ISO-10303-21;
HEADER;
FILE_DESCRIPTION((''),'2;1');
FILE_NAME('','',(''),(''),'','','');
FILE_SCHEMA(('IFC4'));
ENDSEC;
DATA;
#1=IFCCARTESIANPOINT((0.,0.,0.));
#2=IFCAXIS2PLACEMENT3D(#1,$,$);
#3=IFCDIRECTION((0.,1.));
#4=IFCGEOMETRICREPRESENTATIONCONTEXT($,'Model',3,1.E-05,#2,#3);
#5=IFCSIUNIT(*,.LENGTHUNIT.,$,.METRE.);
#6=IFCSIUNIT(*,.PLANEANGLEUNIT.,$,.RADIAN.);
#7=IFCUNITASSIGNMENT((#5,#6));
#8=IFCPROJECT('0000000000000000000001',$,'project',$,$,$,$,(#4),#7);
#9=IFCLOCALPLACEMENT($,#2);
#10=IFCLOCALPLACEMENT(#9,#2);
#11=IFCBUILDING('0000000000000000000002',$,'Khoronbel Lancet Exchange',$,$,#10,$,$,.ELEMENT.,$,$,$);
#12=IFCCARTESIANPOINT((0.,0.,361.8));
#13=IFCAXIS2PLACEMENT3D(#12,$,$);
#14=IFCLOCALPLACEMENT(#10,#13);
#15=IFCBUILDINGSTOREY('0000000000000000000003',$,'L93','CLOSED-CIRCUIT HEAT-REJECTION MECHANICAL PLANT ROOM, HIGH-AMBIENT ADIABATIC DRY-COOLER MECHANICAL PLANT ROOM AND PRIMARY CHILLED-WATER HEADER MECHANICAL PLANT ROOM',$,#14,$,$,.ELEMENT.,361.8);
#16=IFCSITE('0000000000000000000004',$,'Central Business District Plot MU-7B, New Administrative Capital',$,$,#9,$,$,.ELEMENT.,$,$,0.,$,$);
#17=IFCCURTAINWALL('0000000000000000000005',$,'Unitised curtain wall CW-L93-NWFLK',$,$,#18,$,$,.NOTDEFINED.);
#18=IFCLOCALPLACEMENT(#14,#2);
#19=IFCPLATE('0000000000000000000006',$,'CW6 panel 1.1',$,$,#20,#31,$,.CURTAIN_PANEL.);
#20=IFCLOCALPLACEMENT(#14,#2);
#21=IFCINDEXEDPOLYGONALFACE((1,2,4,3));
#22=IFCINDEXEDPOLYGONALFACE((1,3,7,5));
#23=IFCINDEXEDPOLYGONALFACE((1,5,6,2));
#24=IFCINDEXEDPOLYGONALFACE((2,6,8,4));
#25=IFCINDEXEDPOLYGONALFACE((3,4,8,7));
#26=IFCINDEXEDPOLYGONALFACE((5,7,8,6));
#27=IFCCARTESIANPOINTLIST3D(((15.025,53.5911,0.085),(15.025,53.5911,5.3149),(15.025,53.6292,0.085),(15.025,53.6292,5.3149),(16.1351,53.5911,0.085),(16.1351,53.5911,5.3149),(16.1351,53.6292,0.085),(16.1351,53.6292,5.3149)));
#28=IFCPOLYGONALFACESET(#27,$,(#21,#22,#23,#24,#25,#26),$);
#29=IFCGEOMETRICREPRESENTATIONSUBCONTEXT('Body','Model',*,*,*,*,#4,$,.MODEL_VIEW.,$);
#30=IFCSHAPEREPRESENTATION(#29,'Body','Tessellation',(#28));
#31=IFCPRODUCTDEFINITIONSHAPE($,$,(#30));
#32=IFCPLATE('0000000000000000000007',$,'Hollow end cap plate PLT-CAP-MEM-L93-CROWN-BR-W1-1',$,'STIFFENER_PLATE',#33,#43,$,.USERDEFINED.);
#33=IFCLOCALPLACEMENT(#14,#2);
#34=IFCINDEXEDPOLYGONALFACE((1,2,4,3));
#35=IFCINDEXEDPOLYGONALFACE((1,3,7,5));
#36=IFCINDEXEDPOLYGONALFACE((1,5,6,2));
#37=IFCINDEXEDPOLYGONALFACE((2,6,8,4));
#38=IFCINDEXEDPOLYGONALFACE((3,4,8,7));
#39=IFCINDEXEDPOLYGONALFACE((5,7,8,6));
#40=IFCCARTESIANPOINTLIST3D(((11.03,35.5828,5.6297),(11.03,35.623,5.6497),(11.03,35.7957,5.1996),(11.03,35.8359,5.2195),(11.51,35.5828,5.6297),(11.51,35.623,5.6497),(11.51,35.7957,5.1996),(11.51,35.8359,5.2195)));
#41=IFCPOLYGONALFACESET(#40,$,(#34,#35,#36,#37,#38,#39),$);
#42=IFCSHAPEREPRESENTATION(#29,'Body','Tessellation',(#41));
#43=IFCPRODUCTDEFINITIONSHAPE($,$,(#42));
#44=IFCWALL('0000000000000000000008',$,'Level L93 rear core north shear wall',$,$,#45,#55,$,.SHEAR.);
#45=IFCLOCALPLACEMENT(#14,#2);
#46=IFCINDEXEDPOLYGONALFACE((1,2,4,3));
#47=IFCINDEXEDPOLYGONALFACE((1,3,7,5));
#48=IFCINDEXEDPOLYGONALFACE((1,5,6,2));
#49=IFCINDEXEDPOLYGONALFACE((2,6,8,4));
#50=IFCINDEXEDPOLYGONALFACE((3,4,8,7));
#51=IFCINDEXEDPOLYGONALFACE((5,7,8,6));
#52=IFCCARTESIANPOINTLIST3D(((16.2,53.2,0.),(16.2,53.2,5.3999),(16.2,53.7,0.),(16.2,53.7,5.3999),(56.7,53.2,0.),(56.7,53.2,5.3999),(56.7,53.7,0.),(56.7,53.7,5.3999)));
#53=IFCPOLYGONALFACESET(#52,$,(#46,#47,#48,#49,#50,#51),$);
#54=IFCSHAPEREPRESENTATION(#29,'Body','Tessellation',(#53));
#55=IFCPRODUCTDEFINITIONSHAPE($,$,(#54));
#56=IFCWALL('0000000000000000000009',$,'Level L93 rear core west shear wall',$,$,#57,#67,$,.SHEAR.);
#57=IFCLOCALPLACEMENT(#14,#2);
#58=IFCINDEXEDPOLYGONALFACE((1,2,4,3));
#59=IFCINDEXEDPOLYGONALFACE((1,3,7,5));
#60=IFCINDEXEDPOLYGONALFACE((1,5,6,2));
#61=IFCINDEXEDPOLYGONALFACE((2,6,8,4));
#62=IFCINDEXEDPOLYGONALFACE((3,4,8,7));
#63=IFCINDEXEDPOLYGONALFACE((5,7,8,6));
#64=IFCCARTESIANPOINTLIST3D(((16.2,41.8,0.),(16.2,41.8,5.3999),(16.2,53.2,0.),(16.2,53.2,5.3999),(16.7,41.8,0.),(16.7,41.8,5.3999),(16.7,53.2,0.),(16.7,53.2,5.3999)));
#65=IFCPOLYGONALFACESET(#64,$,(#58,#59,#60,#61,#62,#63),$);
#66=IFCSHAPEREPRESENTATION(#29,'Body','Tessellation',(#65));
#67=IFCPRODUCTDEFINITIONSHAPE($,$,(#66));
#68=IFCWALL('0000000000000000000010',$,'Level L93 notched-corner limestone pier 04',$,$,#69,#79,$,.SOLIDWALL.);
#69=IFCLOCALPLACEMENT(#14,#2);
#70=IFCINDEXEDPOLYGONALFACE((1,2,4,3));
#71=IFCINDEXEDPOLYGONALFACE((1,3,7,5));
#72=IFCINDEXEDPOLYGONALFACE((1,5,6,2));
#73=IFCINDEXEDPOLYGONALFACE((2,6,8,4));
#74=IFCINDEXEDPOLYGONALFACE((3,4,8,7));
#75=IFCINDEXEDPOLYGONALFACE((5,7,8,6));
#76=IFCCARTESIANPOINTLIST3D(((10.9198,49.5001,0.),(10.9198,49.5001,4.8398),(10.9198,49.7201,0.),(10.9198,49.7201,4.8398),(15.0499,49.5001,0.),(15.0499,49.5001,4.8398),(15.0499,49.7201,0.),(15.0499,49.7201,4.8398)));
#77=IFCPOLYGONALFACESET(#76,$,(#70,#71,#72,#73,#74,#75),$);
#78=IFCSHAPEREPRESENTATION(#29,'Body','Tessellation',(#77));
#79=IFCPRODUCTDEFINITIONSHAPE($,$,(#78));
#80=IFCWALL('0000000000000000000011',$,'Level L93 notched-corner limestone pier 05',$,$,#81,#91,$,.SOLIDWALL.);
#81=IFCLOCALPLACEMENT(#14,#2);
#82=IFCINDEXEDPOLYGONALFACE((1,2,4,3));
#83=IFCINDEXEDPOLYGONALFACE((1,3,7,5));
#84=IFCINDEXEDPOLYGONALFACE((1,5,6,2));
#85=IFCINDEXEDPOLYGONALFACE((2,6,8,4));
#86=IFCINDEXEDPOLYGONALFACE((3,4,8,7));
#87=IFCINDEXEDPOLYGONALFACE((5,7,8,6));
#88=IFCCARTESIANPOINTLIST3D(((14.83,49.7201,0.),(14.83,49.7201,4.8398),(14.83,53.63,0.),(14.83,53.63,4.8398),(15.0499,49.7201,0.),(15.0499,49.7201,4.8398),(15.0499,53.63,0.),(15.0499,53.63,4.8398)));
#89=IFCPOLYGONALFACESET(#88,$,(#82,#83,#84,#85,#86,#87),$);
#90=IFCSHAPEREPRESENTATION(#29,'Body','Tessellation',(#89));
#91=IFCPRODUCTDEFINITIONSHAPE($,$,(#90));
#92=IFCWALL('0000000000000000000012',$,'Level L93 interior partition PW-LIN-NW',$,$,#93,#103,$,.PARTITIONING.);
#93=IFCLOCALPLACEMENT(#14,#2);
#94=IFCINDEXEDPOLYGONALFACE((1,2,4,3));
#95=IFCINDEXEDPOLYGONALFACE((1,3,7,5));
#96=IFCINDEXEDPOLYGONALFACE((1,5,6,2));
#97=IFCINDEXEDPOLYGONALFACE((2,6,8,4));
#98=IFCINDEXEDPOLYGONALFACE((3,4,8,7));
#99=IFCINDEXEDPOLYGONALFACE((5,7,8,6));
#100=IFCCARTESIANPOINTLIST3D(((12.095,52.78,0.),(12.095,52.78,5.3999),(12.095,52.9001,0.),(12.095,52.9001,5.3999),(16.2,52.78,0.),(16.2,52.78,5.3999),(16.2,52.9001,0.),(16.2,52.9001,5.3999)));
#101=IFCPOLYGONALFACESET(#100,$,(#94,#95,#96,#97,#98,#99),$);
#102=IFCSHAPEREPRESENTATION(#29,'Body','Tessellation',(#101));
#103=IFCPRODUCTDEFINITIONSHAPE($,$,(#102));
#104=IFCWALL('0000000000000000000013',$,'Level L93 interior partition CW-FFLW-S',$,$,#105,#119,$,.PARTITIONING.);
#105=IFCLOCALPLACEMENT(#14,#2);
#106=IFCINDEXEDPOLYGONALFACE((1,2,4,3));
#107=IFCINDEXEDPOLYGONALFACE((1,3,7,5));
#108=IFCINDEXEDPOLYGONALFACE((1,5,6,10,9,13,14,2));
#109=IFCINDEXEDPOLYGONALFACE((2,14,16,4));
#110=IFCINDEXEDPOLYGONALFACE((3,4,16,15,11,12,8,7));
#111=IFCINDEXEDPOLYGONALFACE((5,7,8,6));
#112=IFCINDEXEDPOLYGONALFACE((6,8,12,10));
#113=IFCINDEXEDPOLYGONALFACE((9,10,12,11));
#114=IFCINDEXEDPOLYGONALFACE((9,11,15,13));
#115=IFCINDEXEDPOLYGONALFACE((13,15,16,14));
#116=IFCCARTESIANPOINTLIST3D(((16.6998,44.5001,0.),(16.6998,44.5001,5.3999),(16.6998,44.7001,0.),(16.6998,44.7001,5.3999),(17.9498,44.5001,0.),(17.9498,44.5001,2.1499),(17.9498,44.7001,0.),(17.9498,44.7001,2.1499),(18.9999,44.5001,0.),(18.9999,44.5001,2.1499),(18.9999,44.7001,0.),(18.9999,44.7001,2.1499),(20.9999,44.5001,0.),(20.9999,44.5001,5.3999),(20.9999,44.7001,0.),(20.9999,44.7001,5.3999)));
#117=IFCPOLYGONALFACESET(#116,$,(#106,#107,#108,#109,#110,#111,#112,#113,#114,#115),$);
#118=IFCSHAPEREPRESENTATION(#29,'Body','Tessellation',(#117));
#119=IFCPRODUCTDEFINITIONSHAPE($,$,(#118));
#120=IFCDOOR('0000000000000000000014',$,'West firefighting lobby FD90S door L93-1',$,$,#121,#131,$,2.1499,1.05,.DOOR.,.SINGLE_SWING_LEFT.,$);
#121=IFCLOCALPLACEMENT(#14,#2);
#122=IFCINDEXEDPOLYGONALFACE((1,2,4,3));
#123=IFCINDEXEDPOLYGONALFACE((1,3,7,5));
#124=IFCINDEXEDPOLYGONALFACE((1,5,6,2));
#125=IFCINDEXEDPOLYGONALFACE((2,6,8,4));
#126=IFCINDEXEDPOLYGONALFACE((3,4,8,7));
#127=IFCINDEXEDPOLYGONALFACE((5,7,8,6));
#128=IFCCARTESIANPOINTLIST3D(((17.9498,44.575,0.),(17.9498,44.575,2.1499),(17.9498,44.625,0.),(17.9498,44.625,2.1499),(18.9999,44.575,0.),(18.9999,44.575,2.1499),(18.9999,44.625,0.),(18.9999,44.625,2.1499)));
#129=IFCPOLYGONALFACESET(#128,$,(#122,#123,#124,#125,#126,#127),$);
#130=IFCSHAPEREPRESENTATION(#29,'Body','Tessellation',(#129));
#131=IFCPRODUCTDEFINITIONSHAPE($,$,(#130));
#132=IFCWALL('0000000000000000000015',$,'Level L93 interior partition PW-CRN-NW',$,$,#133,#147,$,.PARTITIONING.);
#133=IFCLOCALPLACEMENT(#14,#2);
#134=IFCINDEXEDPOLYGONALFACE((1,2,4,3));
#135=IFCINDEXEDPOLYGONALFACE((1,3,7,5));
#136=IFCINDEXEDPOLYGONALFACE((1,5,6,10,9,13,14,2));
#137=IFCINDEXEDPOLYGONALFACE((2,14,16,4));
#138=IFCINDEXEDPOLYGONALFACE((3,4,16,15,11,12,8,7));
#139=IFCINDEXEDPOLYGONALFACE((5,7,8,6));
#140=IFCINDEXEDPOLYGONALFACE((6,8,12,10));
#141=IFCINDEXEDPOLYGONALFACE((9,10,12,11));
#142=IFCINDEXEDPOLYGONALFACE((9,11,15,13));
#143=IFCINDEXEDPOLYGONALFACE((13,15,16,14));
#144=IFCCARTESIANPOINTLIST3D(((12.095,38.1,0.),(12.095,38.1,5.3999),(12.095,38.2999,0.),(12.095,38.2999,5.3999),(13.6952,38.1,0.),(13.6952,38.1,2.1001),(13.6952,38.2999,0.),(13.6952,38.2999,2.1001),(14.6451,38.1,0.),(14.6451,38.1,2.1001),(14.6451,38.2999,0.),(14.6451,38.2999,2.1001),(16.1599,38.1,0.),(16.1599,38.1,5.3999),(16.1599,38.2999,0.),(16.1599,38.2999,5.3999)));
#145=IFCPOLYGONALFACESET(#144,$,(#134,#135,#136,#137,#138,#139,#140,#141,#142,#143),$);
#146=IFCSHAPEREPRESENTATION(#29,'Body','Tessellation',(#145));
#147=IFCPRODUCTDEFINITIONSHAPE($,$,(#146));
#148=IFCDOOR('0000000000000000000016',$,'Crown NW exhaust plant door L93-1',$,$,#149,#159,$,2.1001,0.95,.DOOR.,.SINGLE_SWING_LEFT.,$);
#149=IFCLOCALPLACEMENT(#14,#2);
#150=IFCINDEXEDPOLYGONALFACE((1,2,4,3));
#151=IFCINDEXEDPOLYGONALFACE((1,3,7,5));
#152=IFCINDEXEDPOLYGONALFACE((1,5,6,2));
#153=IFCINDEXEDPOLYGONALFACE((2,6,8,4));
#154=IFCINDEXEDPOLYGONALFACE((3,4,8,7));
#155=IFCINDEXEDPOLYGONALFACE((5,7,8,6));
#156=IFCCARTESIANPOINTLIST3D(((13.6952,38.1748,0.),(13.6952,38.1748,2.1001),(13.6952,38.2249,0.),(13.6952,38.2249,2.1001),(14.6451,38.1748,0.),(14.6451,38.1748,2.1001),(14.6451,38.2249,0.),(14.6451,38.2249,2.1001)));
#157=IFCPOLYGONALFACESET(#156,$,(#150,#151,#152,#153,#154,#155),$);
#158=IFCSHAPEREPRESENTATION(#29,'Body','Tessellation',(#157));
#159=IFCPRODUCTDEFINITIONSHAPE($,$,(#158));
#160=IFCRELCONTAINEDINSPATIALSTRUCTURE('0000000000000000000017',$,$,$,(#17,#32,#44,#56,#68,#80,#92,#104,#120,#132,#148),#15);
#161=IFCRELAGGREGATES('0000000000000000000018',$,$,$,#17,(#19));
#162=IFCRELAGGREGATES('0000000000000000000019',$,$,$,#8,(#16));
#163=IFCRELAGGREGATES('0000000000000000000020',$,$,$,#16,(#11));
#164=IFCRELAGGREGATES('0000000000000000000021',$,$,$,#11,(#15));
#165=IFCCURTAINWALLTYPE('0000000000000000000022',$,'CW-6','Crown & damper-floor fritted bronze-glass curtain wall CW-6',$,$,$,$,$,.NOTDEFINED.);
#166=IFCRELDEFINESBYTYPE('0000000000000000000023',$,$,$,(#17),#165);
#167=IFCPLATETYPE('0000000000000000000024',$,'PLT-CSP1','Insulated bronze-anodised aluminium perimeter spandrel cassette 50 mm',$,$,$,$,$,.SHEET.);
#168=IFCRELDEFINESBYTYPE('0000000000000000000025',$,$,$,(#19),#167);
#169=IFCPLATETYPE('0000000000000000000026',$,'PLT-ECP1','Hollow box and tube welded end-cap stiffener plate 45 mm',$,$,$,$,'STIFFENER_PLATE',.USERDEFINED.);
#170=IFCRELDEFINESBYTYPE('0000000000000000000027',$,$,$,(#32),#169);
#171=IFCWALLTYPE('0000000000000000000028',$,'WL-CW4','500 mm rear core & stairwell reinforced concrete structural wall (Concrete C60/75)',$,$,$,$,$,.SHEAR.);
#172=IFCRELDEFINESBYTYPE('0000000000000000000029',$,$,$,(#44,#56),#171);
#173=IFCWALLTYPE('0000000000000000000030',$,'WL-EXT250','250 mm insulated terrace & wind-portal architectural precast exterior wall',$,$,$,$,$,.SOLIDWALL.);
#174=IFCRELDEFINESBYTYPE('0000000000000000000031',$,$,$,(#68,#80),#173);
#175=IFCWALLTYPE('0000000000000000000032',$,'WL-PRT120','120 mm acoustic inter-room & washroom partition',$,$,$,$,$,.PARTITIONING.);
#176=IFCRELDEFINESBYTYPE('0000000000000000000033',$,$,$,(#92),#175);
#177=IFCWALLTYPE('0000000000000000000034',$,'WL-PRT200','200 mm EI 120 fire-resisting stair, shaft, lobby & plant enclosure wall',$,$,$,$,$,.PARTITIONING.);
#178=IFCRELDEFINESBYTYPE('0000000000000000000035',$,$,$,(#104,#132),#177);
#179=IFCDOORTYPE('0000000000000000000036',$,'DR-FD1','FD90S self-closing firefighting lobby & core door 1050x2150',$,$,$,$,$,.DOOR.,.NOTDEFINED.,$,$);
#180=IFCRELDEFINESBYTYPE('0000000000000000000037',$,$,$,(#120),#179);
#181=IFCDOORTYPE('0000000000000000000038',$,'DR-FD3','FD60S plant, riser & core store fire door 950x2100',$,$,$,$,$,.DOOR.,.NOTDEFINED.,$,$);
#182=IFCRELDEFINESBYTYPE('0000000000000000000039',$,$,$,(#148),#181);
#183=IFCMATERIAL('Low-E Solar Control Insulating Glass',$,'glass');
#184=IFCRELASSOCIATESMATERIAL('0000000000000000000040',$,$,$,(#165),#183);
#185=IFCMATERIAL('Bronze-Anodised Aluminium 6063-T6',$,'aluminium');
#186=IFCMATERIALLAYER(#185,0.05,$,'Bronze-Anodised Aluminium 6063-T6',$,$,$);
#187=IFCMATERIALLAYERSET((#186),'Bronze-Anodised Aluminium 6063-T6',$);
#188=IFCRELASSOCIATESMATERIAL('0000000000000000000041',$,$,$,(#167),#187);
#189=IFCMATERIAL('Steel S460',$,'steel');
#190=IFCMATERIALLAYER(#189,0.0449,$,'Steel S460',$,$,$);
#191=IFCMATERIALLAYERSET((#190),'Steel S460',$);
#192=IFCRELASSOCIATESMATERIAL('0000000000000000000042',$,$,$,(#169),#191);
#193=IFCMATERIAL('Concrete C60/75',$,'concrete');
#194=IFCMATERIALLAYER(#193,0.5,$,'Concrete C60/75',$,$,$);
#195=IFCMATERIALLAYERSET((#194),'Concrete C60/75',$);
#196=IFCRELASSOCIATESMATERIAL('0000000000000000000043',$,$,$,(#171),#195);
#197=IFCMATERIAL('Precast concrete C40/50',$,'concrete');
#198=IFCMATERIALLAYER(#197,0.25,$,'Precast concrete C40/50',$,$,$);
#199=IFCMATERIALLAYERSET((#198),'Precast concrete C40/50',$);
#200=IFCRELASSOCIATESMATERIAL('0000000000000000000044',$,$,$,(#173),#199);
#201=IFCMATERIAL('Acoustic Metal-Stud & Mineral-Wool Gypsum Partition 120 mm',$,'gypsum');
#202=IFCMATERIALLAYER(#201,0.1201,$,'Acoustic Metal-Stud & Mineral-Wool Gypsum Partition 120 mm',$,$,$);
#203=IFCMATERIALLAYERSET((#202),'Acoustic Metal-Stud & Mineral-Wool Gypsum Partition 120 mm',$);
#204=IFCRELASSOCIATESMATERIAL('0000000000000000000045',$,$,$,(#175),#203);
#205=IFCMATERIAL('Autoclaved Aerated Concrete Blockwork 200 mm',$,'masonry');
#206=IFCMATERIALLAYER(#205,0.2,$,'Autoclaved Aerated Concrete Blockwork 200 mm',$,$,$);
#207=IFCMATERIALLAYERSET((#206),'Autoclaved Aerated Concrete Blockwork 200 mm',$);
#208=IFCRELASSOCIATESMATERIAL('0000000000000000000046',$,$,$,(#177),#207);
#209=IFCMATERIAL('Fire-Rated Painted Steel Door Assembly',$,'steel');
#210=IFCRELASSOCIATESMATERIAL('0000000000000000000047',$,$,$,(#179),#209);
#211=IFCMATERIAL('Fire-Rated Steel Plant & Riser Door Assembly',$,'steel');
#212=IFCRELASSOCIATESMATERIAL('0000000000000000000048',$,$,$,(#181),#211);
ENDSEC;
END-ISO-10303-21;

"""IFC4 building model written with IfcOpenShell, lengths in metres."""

from ifc_helpers import new_model, si_unit, direction, frame, frame_2d, origin, origin_2d, place, context, subcontext, project, spatial, polyline, rectangle, outline, extrude, material, layer, layer_set, type_object, element, fill, aggregate, save


model = new_model("IFC4")

# Units and contexts
model_context = context("Model", 3, precision=1e-05, world=origin(), true_north=direction((0.0, 1.0)))
body_context = subcontext(model_context, "Body", "Model", "MODEL_VIEW")
ifc_project = project(units=[si_unit("LENGTHUNIT", "METRE"), si_unit("PLANEANGLEUNIT", "RADIAN")], contexts=[model_context])

# Site, building, storey
site_placement = place(None, origin())
site = spatial("IfcSite", under=ifc_project, at=site_placement, Name="Central Business District Plot MU-7B, New Administrative Capital", CompositionType="ELEMENT", RefElevation=0.0)
building_placement = place(site_placement, origin())
building = spatial("IfcBuilding", under=site, at=building_placement, Name="Khoronbel Lancet Exchange", CompositionType="ELEMENT")
storey_placement = place(building_placement, frame((0.0, 0.0, 361.8)))
storey = spatial("IfcBuildingStorey", under=building, at=storey_placement, Name="L93", Description="CLOSED-CIRCUIT HEAT-REJECTION MECHANICAL PLANT ROOM, HIGH-AMBIENT ADIABATIC DRY-COOLER MECHANICAL PLANT ROOM AND PRIMARY CHILLED-WATER HEADER MECHANICAL PLANT ROOM", CompositionType="ELEMENT", Elevation=361.8)

# Shared definitions
ifc_material_1 = material(Name="Steel S460", Category="steel")

# Curtain wall
ifc_material_2 = material(Name="Low-E Solar Control Insulating Glass", Category="glass")
curtain_wall_type = type_object("IfcCurtainWallType", Name="CW-6", Description="Crown & damper-floor fritted bronze-glass curtain wall CW-6", PredefinedType="NOTDEFINED", material=ifc_material_2)
curtain_wall_1_placement = place(storey_placement, origin())
curtain_wall_1 = element("IfcCurtainWall", 1, at=curtain_wall_1_placement, inside=storey, type_object=curtain_wall_type, Name="Unitised curtain wall CW-L93-NWFLK", PredefinedType="NOTDEFINED")
ifc_material_3 = material(Name="Bronze-Anodised Aluminium 6063-T6", Category="aluminium")

# Plates
ifc_layer_1 = layer(ifc_material_3, 0.05, Name="Bronze-Anodised Aluminium 6063-T6")
ifc_layer_set_1 = layer_set([ifc_layer_1], Name="Bronze-Anodised Aluminium 6063-T6")
plate_type_1 = type_object("IfcPlateType", Name="PLT-CSP1", Description="Insulated bronze-anodised aluminium perimeter spandrel cassette 50 mm", PredefinedType="SHEET", material=ifc_layer_set_1)
plate_1_placement = place(storey_placement, frame((15.5801, 53.6101, 0.085), z_axis=(0.0, 0.0, 1.0), x_axis=(-1.0, 0.0, 0.0)))
plate_1 = element("IfcPlate", 2, at=plate_1_placement, type_object=plate_type_1, Name="CW6 panel 1.1", PredefinedType="CURTAIN_PANEL", context=body_context, shape_type="SweptSolid", body=[
    extrude(rectangle(XDim=1.1101, YDim=0.0381, at=origin_2d()), origin(), (0.0, 0.0, 1.0), 5.23),
])
aggregate(curtain_wall_1, [plate_1])
ifc_layer_2 = layer(ifc_material_1, 0.0449, Name="Steel S460")
ifc_layer_set_2 = layer_set([ifc_layer_2], Name="Steel S460")
plate_type_2 = type_object("IfcPlateType", Name="PLT-ECP1", Description="Hollow box and tube welded end-cap stiffener plate 45 mm", ElementType="STIFFENER_PLATE", PredefinedType="USERDEFINED", material=ifc_layer_set_2)
plate_2_placement = place(storey_placement, frame((11.51, 35.8359, 5.2195), z_axis=(0.0, 0.896251, 0.443548), x_axis=(-1.0, 0.0, 0.0)))
element("IfcPlate", 3, at=plate_2_placement, inside=storey, type_object=plate_type_2, Name="Hollow end cap plate PLT-CAP-MEM-L93-CROWN-BR-W1-1", ObjectType="STIFFENER_PLATE", PredefinedType="USERDEFINED", context=body_context, shape_type="SweptSolid", body=[
    extrude(outline(polyline([(0.0, 0.0), (0.48, 0.0), (0.48, 0.48), (0.0, 0.48), (0.0, 0.0)])), origin(), (0.0, 0.0, -1.0), 0.0449),
])

# Walls
ifc_material_4 = material(Name="Concrete C60/75", Category="concrete")
ifc_layer_3 = layer(ifc_material_4, 0.5, Name="Concrete C60/75")
ifc_layer_set_3 = layer_set([ifc_layer_3], Name="Concrete C60/75")
wall_type_1 = type_object("IfcWallType", Name="WL-CW4", Description="500 mm rear core & stairwell reinforced concrete structural wall (Concrete C60/75)", PredefinedType="SHEAR", material=ifc_layer_set_3)
wall_1_placement = place(storey_placement, frame((16.2, 53.45, 0.0), z_axis=(0.0, 0.0, 1.0), x_axis=(1.0, 0.0, 0.0)))
element("IfcWall", 4, at=wall_1_placement, inside=storey, type_object=wall_type_1, Name="Level L93 rear core north shear wall", PredefinedType="SHEAR", context=body_context, shape_type="SweptSolid", body=[
    extrude(rectangle(XDim=40.5, YDim=0.5, at=frame_2d((20.25, 0.0))), origin(), (0.0, 0.0, 1.0), 5.3999),
])
wall_2_placement = place(storey_placement, frame((16.45, 41.8, 0.0), z_axis=(0.0, 0.0, 1.0), x_axis=(0.0, 1.0, 0.0)))
element("IfcWall", 5, at=wall_2_placement, inside=storey, type_object=wall_type_1, Name="Level L93 rear core west shear wall", PredefinedType="SHEAR", context=body_context, shape_type="SweptSolid", body=[
    extrude(rectangle(XDim=11.3999, YDim=0.5, at=frame_2d((5.7, 0.0))), origin(), (0.0, 0.0, 1.0), 5.3999),
])
ifc_material_5 = material(Name="Precast concrete C40/50", Category="concrete")
ifc_layer_4 = layer(ifc_material_5, 0.25, Name="Precast concrete C40/50")
ifc_layer_set_4 = layer_set([ifc_layer_4], Name="Precast concrete C40/50")
wall_type_2 = type_object("IfcWallType", Name="WL-EXT250", Description="250 mm insulated terrace & wind-portal architectural precast exterior wall", PredefinedType="SOLIDWALL", material=ifc_layer_set_4)
wall_3_placement = place(storey_placement, frame((10.9199, 49.6101, 0.0), z_axis=(0.0, 0.0, 1.0), x_axis=(1.0, 0.0, 0.0)))
element("IfcWall", 6, at=wall_3_placement, inside=storey, type_object=wall_type_2, Name="Level L93 notched-corner limestone pier 04", PredefinedType="SOLIDWALL", context=body_context, shape_type="SweptSolid", body=[
    extrude(rectangle(XDim=4.1301, YDim=0.22, at=frame_2d((2.0649, 0.0))), origin(), (0.0, 0.0, 1.0), 4.8398),
])
wall_4_placement = place(storey_placement, frame((14.9399, 49.72, 0.0), z_axis=(0.0, 0.0, 1.0), x_axis=(0.0, 1.0, 0.0)))
element("IfcWall", 7, at=wall_4_placement, inside=storey, type_object=wall_type_2, Name="Level L93 notched-corner limestone pier 05", PredefinedType="SOLIDWALL", context=body_context, shape_type="SweptSolid", body=[
    extrude(rectangle(XDim=3.9099, YDim=0.22, at=frame_2d((1.9551, 0.0))), origin(), (0.0, 0.0, 1.0), 4.8398),
])
ifc_material_6 = material(Name="Acoustic Metal-Stud & Mineral-Wool Gypsum Partition 120 mm", Category="gypsum")
ifc_layer_5 = layer(ifc_material_6, 0.1201, Name="Acoustic Metal-Stud & Mineral-Wool Gypsum Partition 120 mm")
ifc_layer_set_5 = layer_set([ifc_layer_5], Name="Acoustic Metal-Stud & Mineral-Wool Gypsum Partition 120 mm")
wall_type_3 = type_object("IfcWallType", Name="WL-PRT120", Description="120 mm acoustic inter-room & washroom partition", PredefinedType="PARTITIONING", material=ifc_layer_set_5)
wall_5_placement = place(storey_placement, frame((12.095, 52.8401, 0.0), z_axis=(0.0, 0.0, 1.0), x_axis=(1.0, 0.0, 0.0)))
element("IfcWall", 8, at=wall_5_placement, inside=storey, type_object=wall_type_3, Name="Level L93 interior partition PW-LIN-NW", PredefinedType="PARTITIONING", context=body_context, shape_type="SweptSolid", body=[
    extrude(rectangle(XDim=4.105, YDim=0.1201, at=frame_2d((2.0525, 0.0))), origin(), (0.0, 0.0, 1.0), 5.3999),
])

# Walls, openings, doors
ifc_material_7 = material(Name="Autoclaved Aerated Concrete Blockwork 200 mm", Category="masonry")
ifc_layer_6 = layer(ifc_material_7, 0.2, Name="Autoclaved Aerated Concrete Blockwork 200 mm")
ifc_layer_set_6 = layer_set([ifc_layer_6], Name="Autoclaved Aerated Concrete Blockwork 200 mm")
wall_type_4 = type_object("IfcWallType", Name="WL-PRT200", Description="200 mm EI 120 fire-resisting stair, shaft, lobby & plant enclosure wall", PredefinedType="PARTITIONING", material=ifc_layer_set_6)
wall_6_placement = place(storey_placement, frame((16.7, 44.6001, 0.0), z_axis=(0.0, 0.0, 1.0), x_axis=(1.0, 0.0, 0.0)))
wall_6 = element("IfcWall", 9, at=wall_6_placement, inside=storey, type_object=wall_type_4, Name="Level L93 interior partition CW-FFLW-S", PredefinedType="PARTITIONING", context=body_context, shape_type="SweptSolid", body=[
    extrude(rectangle(XDim=4.3, YDim=0.2, at=frame_2d((2.1499, 0.0))), origin(), (0.0, 0.0, 1.0), 5.3999),
])
opening_1_placement = place(wall_6_placement, frame((1.25, 0.0, 0.0)))
opening_1 = element("IfcOpeningElement", 10, at=opening_1_placement, cuts=wall_6, PredefinedType="OPENING", context=body_context, shape_type="SweptSolid", body=[
    extrude(rectangle(XDim=1.05, YDim=2.1499, at=frame_2d((0.5249, 1.075))), frame((0.0, 0.1099, 0.0), z_axis=(0.0, -1.0, 0.0), x_axis=(1.0, 0.0, 0.0)), (0.0, 0.0, 1.0), 0.22),
])
ifc_material_8 = material(Name="Fire-Rated Painted Steel Door Assembly", Category="steel")
door_type_1 = type_object("IfcDoorType", Name="DR-FD1", Description="FD90S self-closing firefighting lobby & core door 1050x2150", OperationType="NOTDEFINED", PredefinedType="DOOR", material=ifc_material_8)
door_1_placement = place(opening_1_placement, origin())
door_1 = element("IfcDoor", 11, at=door_1_placement, inside=storey, type_object=door_type_1, Name="West firefighting lobby FD90S door L93-1", OperationType="SINGLE_SWING_LEFT", OverallHeight=2.1499, OverallWidth=1.05, PredefinedType="DOOR", context=body_context, shape_type="SweptSolid", body=[
    extrude(rectangle(XDim=1.05, YDim=2.1499, at=frame_2d((0.5249, 1.075))), frame((0.0, 0.0249, 0.0), z_axis=(0.0, -1.0, 0.0), x_axis=(1.0, 0.0, 0.0)), (0.0, 0.0, 1.0), 0.05),
])
fill(opening_1, door_1)
wall_7_placement = place(storey_placement, frame((12.095, 38.2, 0.0), z_axis=(0.0, 0.0, 1.0), x_axis=(1.0, 0.0, 0.0)))
wall_7 = element("IfcWall", 12, at=wall_7_placement, inside=storey, type_object=wall_type_4, Name="Level L93 interior partition PW-CRN-NW", PredefinedType="PARTITIONING", context=body_context, shape_type="SweptSolid", body=[
    extrude(rectangle(XDim=4.0649, YDim=0.2, at=frame_2d((2.0325, 0.0))), origin(), (0.0, 0.0, 1.0), 5.3999),
])
opening_2_placement = place(wall_7_placement, frame((1.6001, 0.0, 0.0)))
opening_2 = element("IfcOpeningElement", 13, at=opening_2_placement, cuts=wall_7, PredefinedType="OPENING", context=body_context, shape_type="SweptSolid", body=[
    extrude(rectangle(XDim=0.95, YDim=2.1001, at=frame_2d((0.4751, 1.05))), frame((0.0, 0.1099, 0.0), z_axis=(0.0, -1.0, 0.0), x_axis=(1.0, 0.0, 0.0)), (0.0, 0.0, 1.0), 0.22),
])
ifc_material_9 = material(Name="Fire-Rated Steel Plant & Riser Door Assembly", Category="steel")
door_type_2 = type_object("IfcDoorType", Name="DR-FD3", Description="FD60S plant, riser & core store fire door 950x2100", OperationType="NOTDEFINED", PredefinedType="DOOR", material=ifc_material_9)
door_2_placement = place(opening_2_placement, origin())
door_2 = element("IfcDoor", 14, at=door_2_placement, inside=storey, type_object=door_type_2, Name="Crown NW exhaust plant door L93-1", OperationType="SINGLE_SWING_LEFT", OverallHeight=2.1001, OverallWidth=0.95, PredefinedType="DOOR", context=body_context, shape_type="SweptSolid", body=[
    extrude(rectangle(XDim=0.95, YDim=2.1001, at=frame_2d((0.4751, 1.05))), frame((0.0, 0.0249, 0.0), z_axis=(0.0, -1.0, 0.0), x_axis=(1.0, 0.0, 0.0)), (0.0, 0.0, 1.0), 0.05),
])
fill(opening_2, door_2)

save(model, "model.ifc")
